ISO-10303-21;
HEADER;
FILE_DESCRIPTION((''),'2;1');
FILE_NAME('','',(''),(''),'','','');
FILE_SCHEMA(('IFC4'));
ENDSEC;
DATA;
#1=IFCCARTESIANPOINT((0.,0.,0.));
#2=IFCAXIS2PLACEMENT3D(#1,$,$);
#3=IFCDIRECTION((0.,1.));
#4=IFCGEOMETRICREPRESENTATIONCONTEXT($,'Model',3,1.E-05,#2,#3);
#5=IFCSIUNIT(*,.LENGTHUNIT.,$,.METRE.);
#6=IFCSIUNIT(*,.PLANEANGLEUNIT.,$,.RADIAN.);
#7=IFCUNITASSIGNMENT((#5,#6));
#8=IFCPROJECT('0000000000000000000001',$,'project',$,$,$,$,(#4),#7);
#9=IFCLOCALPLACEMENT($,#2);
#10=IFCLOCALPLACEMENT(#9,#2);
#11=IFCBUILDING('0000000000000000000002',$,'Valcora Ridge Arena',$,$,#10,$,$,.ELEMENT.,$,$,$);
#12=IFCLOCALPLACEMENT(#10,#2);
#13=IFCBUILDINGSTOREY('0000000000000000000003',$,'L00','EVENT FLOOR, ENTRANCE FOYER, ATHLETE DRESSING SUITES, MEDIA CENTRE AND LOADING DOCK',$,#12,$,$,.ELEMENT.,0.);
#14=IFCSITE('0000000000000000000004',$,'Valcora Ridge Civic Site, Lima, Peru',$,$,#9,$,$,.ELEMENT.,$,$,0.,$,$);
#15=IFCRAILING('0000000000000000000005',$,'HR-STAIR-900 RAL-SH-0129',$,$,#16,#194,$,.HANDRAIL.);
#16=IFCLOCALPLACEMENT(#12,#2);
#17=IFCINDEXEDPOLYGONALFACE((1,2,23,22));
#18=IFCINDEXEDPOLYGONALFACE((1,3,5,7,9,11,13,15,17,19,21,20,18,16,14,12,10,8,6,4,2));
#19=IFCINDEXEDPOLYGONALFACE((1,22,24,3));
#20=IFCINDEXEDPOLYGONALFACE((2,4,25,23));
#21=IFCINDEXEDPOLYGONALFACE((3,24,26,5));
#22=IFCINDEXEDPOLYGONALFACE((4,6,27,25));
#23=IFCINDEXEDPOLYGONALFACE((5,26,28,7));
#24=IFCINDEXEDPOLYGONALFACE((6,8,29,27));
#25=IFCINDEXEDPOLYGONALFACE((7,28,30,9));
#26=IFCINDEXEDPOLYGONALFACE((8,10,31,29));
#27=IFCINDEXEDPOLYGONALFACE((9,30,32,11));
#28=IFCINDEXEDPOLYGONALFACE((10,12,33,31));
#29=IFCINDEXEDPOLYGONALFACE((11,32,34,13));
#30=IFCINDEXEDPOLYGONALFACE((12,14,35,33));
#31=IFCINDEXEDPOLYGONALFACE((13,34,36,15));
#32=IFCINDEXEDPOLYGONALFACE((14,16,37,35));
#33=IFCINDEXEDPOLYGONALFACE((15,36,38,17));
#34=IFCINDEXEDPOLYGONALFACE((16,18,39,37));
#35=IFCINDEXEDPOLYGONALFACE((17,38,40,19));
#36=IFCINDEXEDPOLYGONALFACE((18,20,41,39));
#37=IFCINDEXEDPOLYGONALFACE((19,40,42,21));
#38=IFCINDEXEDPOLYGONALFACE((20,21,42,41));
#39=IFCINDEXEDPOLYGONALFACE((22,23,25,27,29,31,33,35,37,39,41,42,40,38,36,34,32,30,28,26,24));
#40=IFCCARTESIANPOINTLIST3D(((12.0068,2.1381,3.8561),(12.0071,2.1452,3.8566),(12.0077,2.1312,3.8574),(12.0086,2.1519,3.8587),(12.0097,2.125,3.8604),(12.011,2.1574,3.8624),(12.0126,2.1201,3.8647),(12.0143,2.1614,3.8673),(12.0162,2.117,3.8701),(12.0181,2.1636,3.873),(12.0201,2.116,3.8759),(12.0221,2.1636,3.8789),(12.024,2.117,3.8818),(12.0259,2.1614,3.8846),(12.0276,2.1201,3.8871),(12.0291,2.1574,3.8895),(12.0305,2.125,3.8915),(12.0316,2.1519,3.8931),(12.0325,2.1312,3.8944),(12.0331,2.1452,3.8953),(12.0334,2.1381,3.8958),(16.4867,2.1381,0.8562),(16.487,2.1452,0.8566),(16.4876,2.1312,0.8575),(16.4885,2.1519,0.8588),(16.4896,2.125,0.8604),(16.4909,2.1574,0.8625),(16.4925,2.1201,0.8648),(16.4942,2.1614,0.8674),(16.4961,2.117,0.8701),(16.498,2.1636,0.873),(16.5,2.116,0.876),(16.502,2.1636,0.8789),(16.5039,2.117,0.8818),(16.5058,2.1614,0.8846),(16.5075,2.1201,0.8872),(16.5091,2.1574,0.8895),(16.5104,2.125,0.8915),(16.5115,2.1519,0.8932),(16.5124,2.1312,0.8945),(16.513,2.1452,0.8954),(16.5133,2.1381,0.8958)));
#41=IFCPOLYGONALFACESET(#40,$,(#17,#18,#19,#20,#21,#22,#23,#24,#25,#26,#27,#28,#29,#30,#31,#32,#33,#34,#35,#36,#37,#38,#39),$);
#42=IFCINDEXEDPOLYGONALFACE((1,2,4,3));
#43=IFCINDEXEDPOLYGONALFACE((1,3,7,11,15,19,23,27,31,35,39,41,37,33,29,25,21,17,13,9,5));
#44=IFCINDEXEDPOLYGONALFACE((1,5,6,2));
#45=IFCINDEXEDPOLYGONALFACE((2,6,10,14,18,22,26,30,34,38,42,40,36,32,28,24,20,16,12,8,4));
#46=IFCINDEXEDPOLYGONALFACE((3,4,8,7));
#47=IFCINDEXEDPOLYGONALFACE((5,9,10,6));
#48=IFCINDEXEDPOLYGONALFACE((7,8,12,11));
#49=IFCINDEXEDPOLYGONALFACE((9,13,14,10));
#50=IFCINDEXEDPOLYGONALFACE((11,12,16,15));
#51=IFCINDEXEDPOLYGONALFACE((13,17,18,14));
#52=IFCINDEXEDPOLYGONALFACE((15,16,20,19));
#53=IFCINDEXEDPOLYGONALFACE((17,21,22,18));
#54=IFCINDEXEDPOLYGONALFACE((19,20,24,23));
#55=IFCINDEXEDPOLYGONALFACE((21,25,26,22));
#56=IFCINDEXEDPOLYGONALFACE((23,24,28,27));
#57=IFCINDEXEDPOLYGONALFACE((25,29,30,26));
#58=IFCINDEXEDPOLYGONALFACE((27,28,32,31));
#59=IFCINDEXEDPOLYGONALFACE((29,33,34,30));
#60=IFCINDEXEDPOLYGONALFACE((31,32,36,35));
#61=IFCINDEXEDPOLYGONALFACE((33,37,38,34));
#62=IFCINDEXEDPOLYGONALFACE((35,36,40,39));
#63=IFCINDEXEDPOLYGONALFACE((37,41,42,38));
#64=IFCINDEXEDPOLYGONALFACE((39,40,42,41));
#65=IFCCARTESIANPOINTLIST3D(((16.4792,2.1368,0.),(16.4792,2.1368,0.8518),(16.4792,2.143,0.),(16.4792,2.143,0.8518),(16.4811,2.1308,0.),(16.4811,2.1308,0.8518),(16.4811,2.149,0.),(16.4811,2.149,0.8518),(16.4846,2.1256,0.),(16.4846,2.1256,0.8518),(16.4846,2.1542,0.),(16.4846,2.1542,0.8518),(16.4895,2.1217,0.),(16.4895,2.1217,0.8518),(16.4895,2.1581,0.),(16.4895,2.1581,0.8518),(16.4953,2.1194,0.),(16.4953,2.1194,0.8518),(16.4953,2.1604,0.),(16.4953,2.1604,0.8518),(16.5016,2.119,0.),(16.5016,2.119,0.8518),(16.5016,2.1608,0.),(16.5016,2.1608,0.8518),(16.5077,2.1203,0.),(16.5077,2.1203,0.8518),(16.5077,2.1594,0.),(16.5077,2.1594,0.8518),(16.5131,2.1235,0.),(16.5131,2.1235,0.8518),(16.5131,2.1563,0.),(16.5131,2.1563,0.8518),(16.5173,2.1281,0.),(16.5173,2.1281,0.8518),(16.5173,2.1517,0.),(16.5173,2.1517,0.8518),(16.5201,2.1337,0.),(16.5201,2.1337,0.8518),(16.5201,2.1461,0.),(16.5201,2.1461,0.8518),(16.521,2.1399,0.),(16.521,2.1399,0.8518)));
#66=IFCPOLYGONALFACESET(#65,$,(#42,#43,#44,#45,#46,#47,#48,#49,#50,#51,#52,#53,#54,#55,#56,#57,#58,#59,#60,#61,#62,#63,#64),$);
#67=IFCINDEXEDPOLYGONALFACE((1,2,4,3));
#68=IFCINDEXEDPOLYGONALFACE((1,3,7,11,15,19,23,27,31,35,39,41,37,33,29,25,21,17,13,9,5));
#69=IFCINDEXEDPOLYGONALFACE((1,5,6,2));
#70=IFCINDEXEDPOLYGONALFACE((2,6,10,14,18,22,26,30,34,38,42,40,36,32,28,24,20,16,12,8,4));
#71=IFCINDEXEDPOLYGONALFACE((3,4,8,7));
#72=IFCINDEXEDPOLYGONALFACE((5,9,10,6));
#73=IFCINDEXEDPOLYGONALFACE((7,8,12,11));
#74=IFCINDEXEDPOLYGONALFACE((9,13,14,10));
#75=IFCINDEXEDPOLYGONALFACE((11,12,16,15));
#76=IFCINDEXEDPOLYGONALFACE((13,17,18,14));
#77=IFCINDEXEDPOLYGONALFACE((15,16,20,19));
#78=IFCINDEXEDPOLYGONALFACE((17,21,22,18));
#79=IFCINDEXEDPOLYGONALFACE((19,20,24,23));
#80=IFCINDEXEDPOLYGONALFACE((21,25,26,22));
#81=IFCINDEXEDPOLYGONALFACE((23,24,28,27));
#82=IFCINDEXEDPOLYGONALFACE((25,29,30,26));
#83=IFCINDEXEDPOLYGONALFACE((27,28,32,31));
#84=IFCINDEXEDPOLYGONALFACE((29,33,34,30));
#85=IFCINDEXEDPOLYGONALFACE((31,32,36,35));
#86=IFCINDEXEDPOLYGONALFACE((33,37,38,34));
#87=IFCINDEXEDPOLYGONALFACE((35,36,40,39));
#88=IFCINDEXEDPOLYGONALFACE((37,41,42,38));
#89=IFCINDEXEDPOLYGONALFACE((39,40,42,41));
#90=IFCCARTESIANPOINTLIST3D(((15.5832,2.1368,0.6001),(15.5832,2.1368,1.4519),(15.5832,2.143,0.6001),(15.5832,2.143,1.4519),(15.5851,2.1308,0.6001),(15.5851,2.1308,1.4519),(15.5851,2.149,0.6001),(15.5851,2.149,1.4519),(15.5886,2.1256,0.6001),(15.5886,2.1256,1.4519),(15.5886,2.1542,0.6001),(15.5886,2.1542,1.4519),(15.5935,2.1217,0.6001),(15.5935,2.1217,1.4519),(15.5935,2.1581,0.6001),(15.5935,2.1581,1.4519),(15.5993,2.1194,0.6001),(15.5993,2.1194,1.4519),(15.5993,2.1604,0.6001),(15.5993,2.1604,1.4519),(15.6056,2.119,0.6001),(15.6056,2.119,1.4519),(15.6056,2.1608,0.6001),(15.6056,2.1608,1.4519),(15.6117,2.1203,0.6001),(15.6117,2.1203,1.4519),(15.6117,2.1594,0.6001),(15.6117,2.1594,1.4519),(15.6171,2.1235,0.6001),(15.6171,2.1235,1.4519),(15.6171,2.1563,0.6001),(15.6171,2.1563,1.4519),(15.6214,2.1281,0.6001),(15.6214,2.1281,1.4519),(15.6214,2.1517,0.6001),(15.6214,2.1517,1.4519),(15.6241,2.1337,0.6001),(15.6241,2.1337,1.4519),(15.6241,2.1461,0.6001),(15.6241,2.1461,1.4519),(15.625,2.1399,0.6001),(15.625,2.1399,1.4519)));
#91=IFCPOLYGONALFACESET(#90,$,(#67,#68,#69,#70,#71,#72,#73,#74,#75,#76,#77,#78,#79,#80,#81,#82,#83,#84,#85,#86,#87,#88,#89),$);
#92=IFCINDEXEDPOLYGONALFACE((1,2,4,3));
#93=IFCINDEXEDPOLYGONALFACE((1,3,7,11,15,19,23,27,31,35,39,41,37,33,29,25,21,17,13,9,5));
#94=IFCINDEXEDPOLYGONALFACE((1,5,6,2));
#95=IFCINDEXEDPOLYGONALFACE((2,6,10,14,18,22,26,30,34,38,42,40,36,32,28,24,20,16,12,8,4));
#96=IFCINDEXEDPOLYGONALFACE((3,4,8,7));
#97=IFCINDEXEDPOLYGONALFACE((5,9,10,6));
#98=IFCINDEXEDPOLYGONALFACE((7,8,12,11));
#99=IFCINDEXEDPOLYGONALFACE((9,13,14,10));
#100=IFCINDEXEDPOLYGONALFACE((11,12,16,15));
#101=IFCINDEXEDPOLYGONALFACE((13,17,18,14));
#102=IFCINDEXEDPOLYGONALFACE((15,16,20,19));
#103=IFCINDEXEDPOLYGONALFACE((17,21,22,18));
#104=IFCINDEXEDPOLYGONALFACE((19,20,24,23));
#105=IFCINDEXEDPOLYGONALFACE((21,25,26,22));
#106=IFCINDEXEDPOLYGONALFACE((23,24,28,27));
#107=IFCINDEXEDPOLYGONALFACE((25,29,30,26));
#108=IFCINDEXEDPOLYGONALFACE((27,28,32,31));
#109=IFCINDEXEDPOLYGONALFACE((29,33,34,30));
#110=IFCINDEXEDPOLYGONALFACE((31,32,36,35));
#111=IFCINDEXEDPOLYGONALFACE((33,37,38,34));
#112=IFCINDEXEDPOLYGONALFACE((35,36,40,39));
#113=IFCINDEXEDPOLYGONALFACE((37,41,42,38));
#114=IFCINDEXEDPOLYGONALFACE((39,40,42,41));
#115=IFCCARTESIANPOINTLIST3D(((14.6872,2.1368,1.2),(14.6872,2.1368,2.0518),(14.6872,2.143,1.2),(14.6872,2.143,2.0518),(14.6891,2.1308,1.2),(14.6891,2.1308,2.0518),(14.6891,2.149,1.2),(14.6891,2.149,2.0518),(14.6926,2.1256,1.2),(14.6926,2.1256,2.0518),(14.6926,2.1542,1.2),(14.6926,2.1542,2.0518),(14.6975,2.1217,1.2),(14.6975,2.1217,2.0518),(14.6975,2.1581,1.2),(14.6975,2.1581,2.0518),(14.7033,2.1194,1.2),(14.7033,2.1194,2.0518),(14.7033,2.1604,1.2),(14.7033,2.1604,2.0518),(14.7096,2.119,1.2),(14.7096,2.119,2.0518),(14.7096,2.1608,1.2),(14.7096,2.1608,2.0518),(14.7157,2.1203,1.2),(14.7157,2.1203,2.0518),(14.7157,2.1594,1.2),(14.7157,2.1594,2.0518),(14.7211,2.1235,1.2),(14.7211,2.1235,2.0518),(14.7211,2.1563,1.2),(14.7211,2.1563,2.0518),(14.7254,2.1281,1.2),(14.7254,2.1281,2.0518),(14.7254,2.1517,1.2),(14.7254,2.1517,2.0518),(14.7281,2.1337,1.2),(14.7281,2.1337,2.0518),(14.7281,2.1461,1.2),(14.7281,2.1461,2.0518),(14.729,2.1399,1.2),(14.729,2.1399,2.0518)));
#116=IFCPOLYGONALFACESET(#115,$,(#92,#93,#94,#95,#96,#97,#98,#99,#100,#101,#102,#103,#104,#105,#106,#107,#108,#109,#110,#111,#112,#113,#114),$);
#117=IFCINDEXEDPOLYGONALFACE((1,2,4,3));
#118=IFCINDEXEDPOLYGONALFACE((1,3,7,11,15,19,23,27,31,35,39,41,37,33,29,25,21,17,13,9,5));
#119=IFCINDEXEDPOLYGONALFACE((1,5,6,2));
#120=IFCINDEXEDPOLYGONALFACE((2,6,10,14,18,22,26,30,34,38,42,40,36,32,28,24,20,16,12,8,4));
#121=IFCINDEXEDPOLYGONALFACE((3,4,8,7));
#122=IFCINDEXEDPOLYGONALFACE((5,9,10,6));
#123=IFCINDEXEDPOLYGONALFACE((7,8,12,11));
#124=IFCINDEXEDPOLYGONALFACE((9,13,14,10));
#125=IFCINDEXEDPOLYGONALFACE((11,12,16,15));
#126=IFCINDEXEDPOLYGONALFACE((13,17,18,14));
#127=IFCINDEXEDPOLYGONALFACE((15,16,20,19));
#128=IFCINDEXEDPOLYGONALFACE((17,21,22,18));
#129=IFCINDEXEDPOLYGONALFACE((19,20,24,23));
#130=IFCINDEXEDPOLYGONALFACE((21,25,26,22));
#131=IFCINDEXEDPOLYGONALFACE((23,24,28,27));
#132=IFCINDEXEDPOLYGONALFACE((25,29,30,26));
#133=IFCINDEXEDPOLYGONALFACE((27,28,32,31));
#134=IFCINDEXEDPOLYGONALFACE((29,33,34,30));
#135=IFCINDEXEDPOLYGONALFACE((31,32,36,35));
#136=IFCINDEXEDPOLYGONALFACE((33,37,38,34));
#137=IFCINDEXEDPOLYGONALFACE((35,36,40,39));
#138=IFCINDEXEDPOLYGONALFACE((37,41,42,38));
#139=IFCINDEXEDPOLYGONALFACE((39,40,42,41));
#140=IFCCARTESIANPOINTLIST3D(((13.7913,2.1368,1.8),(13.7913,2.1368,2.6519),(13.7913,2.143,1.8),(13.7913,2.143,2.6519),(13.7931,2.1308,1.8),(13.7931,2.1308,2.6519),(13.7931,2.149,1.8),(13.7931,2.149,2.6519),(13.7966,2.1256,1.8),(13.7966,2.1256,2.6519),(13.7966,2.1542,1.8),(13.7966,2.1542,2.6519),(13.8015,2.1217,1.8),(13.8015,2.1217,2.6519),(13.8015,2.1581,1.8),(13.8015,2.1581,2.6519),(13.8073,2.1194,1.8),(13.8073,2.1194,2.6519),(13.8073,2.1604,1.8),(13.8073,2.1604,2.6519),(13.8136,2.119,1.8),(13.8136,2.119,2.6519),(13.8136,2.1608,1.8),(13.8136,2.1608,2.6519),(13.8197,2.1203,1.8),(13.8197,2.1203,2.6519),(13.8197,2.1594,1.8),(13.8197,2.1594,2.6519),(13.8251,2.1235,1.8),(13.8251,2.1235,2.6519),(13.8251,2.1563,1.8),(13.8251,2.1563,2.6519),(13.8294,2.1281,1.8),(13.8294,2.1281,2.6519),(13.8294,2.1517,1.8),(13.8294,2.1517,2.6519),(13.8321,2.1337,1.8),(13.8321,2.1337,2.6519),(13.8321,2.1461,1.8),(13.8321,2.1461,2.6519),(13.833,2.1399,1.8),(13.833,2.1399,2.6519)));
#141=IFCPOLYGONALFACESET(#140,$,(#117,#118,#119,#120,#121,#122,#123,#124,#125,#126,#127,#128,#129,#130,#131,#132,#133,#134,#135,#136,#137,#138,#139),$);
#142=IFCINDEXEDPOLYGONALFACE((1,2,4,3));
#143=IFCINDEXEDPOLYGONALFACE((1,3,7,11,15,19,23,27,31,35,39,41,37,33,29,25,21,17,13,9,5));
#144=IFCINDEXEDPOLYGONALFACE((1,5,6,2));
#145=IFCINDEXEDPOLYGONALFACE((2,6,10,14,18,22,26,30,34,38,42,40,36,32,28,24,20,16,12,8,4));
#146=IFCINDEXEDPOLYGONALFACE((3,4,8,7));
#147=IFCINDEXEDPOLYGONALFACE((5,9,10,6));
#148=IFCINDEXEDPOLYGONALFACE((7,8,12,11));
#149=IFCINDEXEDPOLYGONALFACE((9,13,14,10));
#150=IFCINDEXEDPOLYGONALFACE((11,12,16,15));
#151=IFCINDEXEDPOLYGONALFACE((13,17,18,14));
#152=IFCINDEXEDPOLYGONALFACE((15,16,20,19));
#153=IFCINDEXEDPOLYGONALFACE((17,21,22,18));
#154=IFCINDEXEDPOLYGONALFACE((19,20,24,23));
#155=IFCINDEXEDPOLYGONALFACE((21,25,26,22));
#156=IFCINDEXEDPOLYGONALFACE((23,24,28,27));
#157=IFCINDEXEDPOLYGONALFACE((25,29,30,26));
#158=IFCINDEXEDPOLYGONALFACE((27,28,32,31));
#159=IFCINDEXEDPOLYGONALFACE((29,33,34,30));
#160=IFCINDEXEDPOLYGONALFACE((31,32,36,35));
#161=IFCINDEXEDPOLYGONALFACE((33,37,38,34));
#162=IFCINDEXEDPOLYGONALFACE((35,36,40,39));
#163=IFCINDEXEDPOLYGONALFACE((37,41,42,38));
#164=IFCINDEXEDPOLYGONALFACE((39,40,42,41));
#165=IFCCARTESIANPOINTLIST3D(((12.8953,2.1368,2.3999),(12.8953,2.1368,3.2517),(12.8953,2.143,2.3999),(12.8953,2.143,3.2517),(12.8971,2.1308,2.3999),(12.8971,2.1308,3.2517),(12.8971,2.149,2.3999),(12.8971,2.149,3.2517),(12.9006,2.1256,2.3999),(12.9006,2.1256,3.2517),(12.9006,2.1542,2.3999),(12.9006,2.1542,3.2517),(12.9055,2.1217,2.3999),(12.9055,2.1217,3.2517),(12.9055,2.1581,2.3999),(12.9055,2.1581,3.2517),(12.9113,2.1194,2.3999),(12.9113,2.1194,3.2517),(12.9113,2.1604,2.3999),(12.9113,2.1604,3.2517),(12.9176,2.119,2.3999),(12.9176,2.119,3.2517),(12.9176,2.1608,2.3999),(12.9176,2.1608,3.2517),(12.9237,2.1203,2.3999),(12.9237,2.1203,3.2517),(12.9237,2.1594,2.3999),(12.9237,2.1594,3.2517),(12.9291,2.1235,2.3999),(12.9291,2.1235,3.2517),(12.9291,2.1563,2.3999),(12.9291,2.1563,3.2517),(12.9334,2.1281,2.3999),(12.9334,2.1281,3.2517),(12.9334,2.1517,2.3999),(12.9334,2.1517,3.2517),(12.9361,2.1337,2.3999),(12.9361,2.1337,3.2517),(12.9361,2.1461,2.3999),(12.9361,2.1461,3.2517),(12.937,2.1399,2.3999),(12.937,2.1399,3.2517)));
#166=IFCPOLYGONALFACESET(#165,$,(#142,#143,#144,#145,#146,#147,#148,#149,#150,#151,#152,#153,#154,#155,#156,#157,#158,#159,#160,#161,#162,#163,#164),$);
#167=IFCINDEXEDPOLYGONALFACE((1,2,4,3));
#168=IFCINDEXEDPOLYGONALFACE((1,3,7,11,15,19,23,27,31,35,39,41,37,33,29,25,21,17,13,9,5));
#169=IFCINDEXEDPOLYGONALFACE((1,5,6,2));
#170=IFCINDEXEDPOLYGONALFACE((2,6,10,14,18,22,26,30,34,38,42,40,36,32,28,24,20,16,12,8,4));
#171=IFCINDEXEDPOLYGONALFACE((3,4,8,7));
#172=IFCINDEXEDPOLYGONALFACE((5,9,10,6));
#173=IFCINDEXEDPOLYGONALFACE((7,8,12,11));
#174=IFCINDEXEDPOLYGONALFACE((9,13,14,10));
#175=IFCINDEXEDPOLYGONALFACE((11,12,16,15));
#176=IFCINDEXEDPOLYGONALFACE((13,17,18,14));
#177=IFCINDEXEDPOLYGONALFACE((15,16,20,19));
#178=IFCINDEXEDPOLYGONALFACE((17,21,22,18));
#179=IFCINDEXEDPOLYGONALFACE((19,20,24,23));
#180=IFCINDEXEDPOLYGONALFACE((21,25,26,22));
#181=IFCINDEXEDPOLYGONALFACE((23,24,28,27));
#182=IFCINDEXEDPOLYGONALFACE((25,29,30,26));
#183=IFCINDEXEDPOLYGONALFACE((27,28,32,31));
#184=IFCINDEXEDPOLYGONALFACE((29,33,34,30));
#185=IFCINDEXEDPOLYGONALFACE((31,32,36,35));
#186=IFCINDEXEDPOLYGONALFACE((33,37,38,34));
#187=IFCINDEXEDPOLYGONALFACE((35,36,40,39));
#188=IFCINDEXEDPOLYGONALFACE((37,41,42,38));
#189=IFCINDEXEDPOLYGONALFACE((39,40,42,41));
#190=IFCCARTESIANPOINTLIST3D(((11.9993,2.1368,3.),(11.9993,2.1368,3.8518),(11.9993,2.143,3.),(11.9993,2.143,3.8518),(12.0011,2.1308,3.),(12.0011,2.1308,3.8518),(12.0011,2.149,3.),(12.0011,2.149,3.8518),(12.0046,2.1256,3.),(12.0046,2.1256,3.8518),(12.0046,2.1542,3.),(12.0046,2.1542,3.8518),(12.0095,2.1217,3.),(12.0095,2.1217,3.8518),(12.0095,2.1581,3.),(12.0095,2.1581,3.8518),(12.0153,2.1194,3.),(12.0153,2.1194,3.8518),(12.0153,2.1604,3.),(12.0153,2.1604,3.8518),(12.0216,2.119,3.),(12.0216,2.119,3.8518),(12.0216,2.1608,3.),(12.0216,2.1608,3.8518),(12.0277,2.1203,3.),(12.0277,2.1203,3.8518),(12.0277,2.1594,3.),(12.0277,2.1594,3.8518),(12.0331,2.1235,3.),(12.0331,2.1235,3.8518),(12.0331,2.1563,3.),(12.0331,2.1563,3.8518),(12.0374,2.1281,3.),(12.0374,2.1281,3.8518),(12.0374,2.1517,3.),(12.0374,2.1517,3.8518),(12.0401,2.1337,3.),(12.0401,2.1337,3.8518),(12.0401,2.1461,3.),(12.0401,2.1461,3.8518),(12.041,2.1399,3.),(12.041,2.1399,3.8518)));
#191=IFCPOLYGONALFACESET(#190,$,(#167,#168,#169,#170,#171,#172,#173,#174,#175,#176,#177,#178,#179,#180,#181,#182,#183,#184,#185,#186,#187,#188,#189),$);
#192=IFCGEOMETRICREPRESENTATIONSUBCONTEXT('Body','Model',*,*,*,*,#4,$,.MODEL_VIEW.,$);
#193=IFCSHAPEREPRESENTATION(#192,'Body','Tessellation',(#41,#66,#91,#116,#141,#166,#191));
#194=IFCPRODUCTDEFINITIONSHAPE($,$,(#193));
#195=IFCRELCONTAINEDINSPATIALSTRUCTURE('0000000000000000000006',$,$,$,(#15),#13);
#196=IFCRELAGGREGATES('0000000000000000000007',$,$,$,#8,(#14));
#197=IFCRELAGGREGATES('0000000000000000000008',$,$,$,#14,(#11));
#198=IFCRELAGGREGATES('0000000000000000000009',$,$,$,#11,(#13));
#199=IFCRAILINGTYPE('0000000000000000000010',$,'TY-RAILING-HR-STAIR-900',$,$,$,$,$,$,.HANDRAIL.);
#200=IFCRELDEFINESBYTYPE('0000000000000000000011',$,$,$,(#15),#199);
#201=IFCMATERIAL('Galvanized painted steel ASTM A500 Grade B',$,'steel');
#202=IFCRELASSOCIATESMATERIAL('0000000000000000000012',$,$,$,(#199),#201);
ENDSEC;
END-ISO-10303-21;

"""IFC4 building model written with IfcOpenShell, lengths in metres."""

from ifc_helpers import new_model, si_unit, direction, frame, origin, origin_2d, place, context, subcontext, project, spatial, circle, extrude, material, type_object, element, save


model = new_model("IFC4")

# Units and contexts
model_context = context("Model", 3, precision=1e-05, world=origin(), true_north=direction((0.0, 1.0)))
body_context = subcontext(model_context, "Body", "Model", "MODEL_VIEW")
ifc_project = project(units=[si_unit("LENGTHUNIT", "METRE"), si_unit("PLANEANGLEUNIT", "RADIAN")], contexts=[model_context])

# Site, building, storey
site_placement = place(None, origin())
site = spatial("IfcSite", under=ifc_project, at=site_placement, Name="Valcora Ridge Civic Site, Lima, Peru", CompositionType="ELEMENT", RefElevation=0.0)
building_placement = place(site_placement, origin())
building = spatial("IfcBuilding", under=site, at=building_placement, Name="Valcora Ridge Arena", CompositionType="ELEMENT")
storey_placement = place(building_placement, origin())
storey = spatial("IfcBuildingStorey", under=building, at=storey_placement, Name="L00", Description="EVENT FLOOR, ENTRANCE FOYER, ATHLETE DRESSING SUITES, MEDIA CENTRE AND LOADING DOCK", CompositionType="ELEMENT", Elevation=0.0)

# Railing
ifc_material_1 = material(Name="Galvanized painted steel ASTM A500 Grade B", Category="steel")
railing_type = type_object("IfcRailingType", Name="TY-RAILING-HR-STAIR-900", PredefinedType="HANDRAIL", material=ifc_material_1)
railing_placement = place(storey_placement, frame((16.5, 2.1399, 0.0)))
element("IfcRailing", 1, at=railing_placement, inside=storey, type_object=railing_type, Name="HR-STAIR-900 RAL-SH-0129", PredefinedType="HANDRAIL", context=body_context, shape_type="SweptSolid", body=[
    extrude(circle(Radius=0.0239, at=origin_2d()), frame((0.0, 0.0, 0.876), z_axis=(-0.830906, 0.0, 0.556413), x_axis=(0.0, -1.0, 0.0)), (0.0, 0.0, 1.0), 5.3916),
    extrude(circle(Radius=0.021, at=origin_2d()), origin(), (0.0, 0.0, 1.0), 0.8518),
    extrude(circle(Radius=0.021, at=origin_2d()), frame((-0.896, 0.0, 0.6001)), (0.0, 0.0, 1.0), 0.8518),
    extrude(circle(Radius=0.021, at=origin_2d()), frame((-1.792, 0.0, 1.2)), (0.0, 0.0, 1.0), 0.8518),
    extrude(circle(Radius=0.021, at=origin_2d()), frame((-2.688, 0.0, 1.8)), (0.0, 0.0, 1.0), 0.8518),
    extrude(circle(Radius=0.021, at=origin_2d()), frame((-3.584, 0.0, 2.3999)), (0.0, 0.0, 1.0), 0.8518),
    extrude(circle(Radius=0.021, at=origin_2d()), frame((-4.48, 0.0, 3.0)), (0.0, 0.0, 1.0), 0.8518),
])

save(model, "model.ifc")
